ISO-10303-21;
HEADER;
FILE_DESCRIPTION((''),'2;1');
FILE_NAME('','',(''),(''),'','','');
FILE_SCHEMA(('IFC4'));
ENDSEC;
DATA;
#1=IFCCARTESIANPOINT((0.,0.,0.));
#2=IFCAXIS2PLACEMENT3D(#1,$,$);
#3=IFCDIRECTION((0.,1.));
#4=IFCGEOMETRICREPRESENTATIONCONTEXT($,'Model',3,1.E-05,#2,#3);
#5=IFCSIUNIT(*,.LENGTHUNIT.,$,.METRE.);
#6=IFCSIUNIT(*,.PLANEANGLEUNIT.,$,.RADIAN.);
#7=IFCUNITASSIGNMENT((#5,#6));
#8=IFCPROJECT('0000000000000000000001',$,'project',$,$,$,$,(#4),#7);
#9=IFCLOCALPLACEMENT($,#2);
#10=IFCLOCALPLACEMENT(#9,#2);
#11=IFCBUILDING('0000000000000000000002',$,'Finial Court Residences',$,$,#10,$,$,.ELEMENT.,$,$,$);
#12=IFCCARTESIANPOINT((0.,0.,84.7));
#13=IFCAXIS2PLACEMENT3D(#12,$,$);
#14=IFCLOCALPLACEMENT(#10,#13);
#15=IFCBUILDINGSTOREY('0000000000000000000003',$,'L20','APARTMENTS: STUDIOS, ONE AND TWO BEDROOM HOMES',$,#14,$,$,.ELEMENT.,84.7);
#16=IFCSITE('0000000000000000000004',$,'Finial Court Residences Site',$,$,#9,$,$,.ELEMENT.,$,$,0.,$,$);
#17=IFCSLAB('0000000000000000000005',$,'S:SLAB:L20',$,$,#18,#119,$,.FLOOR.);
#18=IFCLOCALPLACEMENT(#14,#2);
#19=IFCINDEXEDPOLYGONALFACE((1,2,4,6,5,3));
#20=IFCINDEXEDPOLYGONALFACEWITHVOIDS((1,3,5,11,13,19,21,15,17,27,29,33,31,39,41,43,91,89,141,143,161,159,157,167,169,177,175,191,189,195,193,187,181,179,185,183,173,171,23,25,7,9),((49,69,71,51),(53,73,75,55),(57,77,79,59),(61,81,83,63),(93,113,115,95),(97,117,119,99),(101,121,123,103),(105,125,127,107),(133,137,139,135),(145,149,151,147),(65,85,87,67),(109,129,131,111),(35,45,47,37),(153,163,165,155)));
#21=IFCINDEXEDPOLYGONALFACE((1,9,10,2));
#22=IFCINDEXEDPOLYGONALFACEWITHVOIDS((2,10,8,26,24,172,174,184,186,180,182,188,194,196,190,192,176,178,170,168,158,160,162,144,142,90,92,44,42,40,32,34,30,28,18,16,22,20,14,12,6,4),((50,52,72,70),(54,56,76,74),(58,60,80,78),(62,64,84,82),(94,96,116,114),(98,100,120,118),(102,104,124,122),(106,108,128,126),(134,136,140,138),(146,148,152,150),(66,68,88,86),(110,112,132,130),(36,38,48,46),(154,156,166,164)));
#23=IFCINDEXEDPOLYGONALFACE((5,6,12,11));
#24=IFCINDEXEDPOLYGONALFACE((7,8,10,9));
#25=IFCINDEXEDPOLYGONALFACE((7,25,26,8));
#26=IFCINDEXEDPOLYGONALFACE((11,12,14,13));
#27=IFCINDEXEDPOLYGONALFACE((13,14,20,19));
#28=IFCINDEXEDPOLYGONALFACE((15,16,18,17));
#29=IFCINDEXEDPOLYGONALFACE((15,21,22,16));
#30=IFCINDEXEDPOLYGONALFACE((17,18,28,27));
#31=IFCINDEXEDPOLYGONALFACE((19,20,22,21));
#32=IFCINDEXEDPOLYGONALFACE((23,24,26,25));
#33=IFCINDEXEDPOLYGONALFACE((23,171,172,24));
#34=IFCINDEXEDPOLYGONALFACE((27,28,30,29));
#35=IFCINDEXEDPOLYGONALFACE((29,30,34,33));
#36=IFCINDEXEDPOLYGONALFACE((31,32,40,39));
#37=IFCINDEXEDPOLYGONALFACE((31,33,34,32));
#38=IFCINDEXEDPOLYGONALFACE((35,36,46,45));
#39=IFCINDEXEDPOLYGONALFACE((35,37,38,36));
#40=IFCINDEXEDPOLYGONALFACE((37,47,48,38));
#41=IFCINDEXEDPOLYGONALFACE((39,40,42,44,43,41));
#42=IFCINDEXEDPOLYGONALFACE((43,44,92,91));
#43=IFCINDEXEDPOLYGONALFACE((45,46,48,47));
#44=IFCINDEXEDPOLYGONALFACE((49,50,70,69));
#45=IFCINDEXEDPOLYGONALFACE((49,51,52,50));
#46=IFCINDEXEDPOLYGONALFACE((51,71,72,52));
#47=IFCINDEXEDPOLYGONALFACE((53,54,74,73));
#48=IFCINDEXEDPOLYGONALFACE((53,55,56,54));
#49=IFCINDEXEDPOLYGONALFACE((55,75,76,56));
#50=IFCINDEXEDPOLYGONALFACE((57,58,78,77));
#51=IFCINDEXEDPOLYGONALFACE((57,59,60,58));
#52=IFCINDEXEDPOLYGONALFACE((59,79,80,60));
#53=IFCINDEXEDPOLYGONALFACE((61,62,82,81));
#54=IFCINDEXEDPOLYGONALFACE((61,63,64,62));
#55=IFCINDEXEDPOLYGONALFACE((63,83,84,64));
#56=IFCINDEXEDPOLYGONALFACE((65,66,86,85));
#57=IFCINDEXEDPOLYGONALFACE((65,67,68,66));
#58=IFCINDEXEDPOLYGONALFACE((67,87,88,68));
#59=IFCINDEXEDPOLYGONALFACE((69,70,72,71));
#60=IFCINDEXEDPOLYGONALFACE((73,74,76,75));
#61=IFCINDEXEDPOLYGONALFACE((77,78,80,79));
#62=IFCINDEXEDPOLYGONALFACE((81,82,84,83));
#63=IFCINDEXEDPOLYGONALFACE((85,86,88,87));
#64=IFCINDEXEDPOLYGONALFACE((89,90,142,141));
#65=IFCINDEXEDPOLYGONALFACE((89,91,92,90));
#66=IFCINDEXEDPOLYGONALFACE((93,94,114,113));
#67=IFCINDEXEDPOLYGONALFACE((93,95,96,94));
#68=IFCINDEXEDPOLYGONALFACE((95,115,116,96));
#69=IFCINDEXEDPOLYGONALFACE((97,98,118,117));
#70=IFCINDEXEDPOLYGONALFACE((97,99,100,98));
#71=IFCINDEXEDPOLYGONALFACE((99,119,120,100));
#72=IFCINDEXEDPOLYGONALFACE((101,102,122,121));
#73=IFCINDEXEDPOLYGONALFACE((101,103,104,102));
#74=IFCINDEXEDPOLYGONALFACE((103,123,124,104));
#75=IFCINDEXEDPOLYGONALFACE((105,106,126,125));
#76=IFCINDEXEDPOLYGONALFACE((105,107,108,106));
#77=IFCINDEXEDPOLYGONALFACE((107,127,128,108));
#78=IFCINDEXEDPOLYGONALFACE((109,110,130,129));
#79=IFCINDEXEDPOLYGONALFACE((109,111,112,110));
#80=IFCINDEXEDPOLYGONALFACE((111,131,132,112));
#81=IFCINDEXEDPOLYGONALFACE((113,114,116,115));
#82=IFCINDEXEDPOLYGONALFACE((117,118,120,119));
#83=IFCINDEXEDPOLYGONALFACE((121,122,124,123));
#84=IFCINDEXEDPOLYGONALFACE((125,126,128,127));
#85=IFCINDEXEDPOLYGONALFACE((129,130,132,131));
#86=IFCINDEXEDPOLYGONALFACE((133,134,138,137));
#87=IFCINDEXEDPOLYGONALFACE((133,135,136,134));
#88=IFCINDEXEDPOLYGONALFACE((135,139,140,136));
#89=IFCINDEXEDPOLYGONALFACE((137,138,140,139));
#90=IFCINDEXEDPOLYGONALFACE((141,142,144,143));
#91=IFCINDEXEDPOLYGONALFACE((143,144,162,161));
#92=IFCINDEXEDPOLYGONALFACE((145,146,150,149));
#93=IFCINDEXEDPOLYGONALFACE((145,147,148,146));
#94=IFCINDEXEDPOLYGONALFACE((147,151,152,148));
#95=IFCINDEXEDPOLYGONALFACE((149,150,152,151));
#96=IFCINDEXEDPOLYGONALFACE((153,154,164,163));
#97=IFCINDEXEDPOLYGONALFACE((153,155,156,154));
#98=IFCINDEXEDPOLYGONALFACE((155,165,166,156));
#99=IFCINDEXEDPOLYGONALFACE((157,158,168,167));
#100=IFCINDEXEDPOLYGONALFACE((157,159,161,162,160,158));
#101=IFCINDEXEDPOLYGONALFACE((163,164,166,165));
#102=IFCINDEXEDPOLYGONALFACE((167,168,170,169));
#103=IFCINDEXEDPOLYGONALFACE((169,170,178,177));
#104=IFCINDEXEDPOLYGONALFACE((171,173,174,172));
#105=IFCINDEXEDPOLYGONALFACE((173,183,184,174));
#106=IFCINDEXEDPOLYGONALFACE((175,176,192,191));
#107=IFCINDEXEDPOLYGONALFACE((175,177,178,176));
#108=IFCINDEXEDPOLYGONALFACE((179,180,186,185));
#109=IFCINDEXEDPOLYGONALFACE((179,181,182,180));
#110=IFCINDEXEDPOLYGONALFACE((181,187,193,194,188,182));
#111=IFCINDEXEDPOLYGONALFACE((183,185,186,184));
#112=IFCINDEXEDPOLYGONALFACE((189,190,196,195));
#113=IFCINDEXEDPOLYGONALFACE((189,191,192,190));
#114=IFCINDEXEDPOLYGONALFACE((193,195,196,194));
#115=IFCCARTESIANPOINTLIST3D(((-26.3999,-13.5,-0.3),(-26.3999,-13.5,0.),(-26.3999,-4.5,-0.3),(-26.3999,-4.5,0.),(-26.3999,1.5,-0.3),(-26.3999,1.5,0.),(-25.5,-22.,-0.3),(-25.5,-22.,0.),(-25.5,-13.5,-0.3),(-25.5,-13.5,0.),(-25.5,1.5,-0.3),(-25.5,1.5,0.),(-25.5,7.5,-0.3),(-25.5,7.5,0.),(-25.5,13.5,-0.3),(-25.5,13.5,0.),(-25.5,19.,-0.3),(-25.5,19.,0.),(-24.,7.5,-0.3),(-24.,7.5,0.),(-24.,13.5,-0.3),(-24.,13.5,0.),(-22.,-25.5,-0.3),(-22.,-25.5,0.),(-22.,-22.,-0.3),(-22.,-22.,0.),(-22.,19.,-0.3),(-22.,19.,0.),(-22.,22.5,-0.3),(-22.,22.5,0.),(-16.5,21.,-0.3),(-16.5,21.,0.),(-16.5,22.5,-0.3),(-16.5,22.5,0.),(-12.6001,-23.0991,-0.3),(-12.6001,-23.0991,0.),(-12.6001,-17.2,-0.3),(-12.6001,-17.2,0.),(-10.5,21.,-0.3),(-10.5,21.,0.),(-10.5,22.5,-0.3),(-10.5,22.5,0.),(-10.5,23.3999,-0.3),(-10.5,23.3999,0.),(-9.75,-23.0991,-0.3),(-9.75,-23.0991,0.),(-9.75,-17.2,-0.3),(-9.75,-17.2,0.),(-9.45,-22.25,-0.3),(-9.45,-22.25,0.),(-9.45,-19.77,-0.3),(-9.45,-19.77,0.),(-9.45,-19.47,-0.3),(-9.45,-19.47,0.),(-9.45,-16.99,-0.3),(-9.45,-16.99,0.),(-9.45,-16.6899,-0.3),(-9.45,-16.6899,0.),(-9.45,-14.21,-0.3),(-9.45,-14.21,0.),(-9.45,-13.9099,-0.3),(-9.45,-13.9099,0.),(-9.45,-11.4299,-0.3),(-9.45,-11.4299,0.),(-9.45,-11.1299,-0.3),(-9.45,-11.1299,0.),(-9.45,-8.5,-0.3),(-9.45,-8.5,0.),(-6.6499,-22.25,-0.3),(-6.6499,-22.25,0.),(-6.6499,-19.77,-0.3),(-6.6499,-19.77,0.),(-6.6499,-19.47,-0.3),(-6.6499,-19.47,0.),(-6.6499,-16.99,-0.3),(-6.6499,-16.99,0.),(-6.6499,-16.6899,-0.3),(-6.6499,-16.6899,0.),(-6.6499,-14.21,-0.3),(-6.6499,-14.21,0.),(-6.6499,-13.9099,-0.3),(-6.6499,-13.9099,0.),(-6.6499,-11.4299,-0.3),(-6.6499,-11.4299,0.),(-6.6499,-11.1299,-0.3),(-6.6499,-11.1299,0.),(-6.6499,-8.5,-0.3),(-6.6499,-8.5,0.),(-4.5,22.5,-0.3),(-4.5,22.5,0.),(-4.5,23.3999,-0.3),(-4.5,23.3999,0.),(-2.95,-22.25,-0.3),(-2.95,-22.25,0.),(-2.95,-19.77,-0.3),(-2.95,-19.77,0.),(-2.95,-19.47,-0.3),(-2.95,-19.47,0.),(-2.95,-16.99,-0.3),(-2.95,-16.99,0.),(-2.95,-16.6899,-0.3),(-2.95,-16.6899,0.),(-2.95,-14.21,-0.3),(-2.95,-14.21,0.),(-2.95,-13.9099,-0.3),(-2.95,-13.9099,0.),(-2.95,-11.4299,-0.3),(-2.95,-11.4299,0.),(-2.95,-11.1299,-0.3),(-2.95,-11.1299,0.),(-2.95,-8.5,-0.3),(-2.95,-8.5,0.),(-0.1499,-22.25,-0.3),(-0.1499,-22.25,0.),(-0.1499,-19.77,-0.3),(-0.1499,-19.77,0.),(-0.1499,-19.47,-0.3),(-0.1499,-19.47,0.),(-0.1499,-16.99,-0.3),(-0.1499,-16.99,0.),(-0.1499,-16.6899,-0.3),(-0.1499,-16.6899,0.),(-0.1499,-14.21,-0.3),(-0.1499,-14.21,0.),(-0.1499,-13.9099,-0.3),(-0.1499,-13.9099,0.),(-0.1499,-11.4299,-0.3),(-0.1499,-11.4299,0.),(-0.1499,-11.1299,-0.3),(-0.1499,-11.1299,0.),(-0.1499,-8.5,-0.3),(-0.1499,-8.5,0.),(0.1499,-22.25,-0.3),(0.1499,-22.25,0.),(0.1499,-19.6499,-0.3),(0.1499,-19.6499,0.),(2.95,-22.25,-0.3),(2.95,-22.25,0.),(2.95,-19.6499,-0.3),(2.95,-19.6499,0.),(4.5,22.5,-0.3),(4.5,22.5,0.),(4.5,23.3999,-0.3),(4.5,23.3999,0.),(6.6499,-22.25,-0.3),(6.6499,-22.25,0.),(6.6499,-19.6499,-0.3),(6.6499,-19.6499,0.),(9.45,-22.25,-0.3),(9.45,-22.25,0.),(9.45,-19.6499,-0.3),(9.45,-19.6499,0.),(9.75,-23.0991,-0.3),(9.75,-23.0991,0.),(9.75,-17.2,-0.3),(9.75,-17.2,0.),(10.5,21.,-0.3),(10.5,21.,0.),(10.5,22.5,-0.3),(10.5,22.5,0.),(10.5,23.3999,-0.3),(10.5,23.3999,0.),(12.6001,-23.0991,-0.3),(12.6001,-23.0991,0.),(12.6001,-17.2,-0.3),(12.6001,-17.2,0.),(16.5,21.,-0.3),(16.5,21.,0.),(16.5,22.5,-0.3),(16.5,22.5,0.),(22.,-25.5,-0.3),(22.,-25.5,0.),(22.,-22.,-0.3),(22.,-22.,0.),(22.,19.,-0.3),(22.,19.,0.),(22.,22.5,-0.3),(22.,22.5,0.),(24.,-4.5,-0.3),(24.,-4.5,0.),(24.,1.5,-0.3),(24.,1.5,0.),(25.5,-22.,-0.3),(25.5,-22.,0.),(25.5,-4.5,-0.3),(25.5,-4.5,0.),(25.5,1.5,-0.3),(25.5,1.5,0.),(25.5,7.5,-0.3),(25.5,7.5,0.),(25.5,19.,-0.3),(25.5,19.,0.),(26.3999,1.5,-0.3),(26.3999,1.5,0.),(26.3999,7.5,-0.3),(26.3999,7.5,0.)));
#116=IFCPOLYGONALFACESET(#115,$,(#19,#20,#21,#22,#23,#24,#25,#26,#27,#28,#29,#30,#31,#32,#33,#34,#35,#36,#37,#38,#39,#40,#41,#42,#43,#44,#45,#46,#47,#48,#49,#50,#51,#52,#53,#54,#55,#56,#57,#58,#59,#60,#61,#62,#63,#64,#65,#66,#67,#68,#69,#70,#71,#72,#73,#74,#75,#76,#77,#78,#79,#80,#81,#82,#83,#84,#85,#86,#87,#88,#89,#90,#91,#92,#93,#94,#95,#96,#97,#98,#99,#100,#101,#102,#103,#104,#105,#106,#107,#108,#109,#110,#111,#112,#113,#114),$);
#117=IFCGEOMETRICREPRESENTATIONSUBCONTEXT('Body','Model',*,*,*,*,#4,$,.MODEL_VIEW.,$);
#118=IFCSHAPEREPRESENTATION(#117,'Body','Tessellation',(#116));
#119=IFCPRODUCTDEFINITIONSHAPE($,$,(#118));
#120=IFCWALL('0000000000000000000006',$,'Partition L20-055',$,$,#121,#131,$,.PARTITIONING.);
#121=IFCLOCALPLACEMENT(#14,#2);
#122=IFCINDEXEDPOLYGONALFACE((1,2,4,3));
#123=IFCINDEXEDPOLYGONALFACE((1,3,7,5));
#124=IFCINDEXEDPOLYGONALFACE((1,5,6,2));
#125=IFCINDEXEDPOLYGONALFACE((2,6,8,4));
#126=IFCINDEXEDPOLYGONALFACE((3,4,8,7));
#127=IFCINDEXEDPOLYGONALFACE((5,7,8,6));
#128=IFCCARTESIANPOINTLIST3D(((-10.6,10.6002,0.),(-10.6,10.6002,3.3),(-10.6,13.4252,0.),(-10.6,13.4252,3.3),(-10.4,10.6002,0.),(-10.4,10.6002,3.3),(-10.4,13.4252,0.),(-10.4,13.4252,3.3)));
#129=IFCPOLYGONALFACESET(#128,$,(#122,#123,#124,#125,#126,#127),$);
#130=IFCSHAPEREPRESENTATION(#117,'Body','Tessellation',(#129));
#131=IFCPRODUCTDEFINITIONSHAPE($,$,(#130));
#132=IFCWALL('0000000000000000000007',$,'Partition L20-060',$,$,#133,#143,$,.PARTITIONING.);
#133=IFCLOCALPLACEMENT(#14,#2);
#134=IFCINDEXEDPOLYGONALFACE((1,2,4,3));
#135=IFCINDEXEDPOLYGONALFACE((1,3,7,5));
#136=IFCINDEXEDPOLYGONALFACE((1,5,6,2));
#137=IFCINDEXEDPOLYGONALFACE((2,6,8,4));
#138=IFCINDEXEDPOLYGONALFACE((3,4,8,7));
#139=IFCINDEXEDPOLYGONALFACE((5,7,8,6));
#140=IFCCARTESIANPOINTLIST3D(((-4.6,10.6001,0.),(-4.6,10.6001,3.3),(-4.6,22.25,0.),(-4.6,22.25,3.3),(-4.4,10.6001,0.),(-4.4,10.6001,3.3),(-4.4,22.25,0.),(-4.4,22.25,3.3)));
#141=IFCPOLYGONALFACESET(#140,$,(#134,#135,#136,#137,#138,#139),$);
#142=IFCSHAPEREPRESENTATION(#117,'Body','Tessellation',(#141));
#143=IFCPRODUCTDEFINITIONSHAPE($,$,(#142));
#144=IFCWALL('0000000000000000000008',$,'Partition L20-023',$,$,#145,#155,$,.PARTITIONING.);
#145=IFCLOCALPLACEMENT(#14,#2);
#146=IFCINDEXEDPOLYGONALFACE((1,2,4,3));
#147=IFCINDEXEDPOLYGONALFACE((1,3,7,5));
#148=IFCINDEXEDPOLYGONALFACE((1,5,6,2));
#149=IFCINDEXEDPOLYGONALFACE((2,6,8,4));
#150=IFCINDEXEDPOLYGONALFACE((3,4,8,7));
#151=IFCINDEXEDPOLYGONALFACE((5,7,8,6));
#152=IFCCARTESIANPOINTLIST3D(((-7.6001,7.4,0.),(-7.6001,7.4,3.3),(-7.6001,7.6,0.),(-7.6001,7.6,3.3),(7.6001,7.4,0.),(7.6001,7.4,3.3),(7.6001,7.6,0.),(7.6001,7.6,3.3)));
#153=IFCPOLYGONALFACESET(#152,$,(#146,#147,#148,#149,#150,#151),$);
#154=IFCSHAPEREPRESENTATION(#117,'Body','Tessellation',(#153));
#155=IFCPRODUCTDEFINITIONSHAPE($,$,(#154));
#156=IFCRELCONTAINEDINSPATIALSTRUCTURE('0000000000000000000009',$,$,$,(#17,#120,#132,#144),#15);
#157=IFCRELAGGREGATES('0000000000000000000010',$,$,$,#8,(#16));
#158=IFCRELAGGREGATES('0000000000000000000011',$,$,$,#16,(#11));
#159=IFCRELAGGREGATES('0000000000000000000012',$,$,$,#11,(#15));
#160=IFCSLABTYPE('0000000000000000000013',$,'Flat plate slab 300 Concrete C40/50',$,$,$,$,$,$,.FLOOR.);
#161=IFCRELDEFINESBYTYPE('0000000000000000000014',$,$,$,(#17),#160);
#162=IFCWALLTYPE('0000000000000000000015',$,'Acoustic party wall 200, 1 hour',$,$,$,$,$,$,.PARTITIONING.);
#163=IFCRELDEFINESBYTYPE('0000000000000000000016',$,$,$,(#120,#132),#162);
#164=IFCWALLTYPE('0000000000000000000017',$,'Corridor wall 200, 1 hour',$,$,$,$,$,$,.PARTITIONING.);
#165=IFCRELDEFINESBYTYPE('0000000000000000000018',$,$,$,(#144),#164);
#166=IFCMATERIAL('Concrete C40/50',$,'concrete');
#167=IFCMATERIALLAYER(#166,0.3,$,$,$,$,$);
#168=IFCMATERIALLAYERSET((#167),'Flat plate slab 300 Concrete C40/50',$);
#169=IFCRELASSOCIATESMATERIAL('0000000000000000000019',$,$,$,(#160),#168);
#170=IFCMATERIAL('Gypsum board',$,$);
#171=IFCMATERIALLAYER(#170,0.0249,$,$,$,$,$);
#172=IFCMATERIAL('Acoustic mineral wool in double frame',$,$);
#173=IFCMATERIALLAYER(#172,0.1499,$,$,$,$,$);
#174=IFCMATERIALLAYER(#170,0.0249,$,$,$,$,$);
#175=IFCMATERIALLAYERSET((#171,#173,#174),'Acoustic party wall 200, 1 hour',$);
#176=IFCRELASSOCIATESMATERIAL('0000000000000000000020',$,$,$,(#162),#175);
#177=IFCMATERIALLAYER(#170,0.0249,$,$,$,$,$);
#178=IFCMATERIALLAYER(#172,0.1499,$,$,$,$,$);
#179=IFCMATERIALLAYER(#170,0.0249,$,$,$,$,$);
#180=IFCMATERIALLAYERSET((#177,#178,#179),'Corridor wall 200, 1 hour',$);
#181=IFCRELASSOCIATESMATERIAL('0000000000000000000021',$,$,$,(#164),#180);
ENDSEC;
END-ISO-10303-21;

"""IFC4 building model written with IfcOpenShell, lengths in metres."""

from ifc_helpers import new_model, si_unit, direction, frame, frame_2d, origin, place, context, subcontext, project, spatial, polyline, rectangle, outline, extrude, material, layer, layer_set, type_object, element, save


model = new_model("IFC4")

# Units and contexts
model_context = context("Model", 3, precision=1e-05, world=origin(), true_north=direction((0.0, 1.0)))
body_context = subcontext(model_context, "Body", "Model", "MODEL_VIEW")
ifc_project = project(units=[si_unit("LENGTHUNIT", "METRE"), si_unit("PLANEANGLEUNIT", "RADIAN")], contexts=[model_context])

# Site, building, storey
site_placement = place(None, origin())
site = spatial("IfcSite", under=ifc_project, at=site_placement, Name="Finial Court Residences Site", CompositionType="ELEMENT", RefElevation=0.0)
building_placement = place(site_placement, origin())
building = spatial("IfcBuilding", under=site, at=building_placement, Name="Finial Court Residences", CompositionType="ELEMENT")
storey_placement = place(building_placement, frame((0.0, 0.0, 84.7)))
storey = spatial("IfcBuildingStorey", under=building, at=storey_placement, Name="L20", Description="APARTMENTS: STUDIOS, ONE AND TWO BEDROOM HOMES", CompositionType="ELEMENT", Elevation=84.7)

# Slab
ifc_material_1 = material(Name="Concrete C40/50", Category="concrete")
ifc_layer_1 = layer(ifc_material_1, 0.3)
ifc_layer_set_1 = layer_set([ifc_layer_1], Name="Flat plate slab 300 Concrete C40/50")
slab_type = type_object("IfcSlabType", Name="Flat plate slab 300 Concrete C40/50", PredefinedType="FLOOR", material=ifc_layer_set_1)
slab_placement = place(storey_placement, frame((0.0, 0.0, -0.3)))
element("IfcSlab", 1, at=slab_placement, inside=storey, type_object=slab_type, Name="S:SLAB:L20", PredefinedType="FLOOR", context=body_context, shape_type="SweptSolid", body=[
    extrude(outline(polyline([(-26.3999, -13.5), (-26.3999, -4.5), (-26.3999, 1.5), (-25.5, 1.5), (-25.5, 7.5), (-24.0, 7.5), (-24.0, 13.5), (-25.5, 13.5), (-25.5, 19.0), (-22.0, 19.0), (-22.0, 22.5), (-16.5, 22.5), (-16.5, 21.0), (-10.5, 21.0), (-10.5, 22.5), (-10.5, 23.3999), (-4.5, 23.3999), (-4.5, 22.5), (4.5, 22.5), (4.5, 23.3999), (10.5, 23.3999), (10.5, 22.5), (10.5, 21.0), (16.5, 21.0), (16.5, 22.5), (22.0, 22.5), (22.0, 19.0), (25.5, 19.0), (25.5, 7.5), (26.3999, 7.5), (26.3999, 1.5), (25.5, 1.5), (24.0, 1.5), (24.0, -4.5), (25.5, -4.5), (25.5, -22.0), (22.0, -22.0), (22.0, -25.5), (-22.0, -25.5), (-22.0, -22.0), (-25.5, -22.0), (-25.5, -13.5), (-26.3999, -13.5)]), holes=[polyline([(-6.6499, -19.77), (-9.45, -19.77), (-9.45, -22.25), (-6.6499, -22.25), (-6.6499, -19.77)]), polyline([(-9.75, -17.2), (-12.6001, -17.2), (-12.6001, -23.0991), (-9.75, -23.0991), (-9.75, -17.2)]), polyline([(-6.6499, -19.47), (-6.6499, -16.99), (-9.45, -16.99), (-9.45, -19.47), (-6.6499, -19.47)]), polyline([(-6.6499, -16.6899), (-6.6499, -14.21), (-9.45, -14.21), (-9.45, -16.6899), (-6.6499, -16.6899)]), polyline([(-6.6499, -13.9099), (-6.6499, -11.4299), (-9.45, -11.4299), (-9.45, -13.9099), (-6.6499, -13.9099)]), polyline([(-6.6499, -11.1299), (-6.6499, -8.5), (-9.45, -8.5), (-9.45, -11.1299), (-6.6499, -11.1299)]), polyline([(-0.1499, -11.1299), (-0.1499, -8.5), (-2.95, -8.5), (-2.95, -11.1299), (-0.1499, -11.1299)]), polyline([(-0.1499, -19.77), (-2.95, -19.77), (-2.95, -22.25), (-0.1499, -22.25), (-0.1499, -19.77)]), polyline([(2.95, -22.25), (2.95, -19.6499), (0.1499, -19.6499), (0.1499, -22.25), (2.95, -22.25)]), polyline([(9.45, -22.25), (9.45, -19.6499), (6.6499, -19.6499), (6.6499, -22.25), (9.45, -22.25)]), polyline([(12.6001, -17.2), (9.75, -17.2), (9.75, -23.0991), (12.6001, -23.0991), (12.6001, -17.2)]), polyline([(-0.1499, -19.47), (-0.1499, -16.99), (-2.95, -16.99), (-2.95, -19.47), (-0.1499, -19.47)]), polyline([(-0.1499, -16.6899), (-0.1499, -14.21), (-2.95, -14.21), (-2.95, -16.6899), (-0.1499, -16.6899)]), polyline([(-0.1499, -13.9099), (-0.1499, -11.4299), (-2.95, -11.4299), (-2.95, -13.9099), (-0.1499, -13.9099)])]), origin(), (0.0, 0.0, 1.0), 0.3),
])

# Walls
ifc_material_2 = material(Name="Gypsum board")
ifc_layer_2 = layer(ifc_material_2, 0.0249)
ifc_material_3 = material(Name="Acoustic mineral wool in double frame")
ifc_layer_3 = layer(ifc_material_3, 0.1499)
ifc_layer_4 = layer(ifc_material_2, 0.0249)
ifc_layer_set_2 = layer_set([ifc_layer_2, ifc_layer_3, ifc_layer_4], Name="Acoustic party wall 200, 1 hour")
wall_type_1 = type_object("IfcWallType", Name="Acoustic party wall 200, 1 hour", PredefinedType="PARTITIONING", material=ifc_layer_set_2)
wall_1_placement = place(storey_placement, frame((-10.5, 10.6001, 0.0), z_axis=(0.0, 0.0, 1.0), x_axis=(0.0, 1.0, 0.0)))
element("IfcWall", 2, at=wall_1_placement, inside=storey, type_object=wall_type_1, Name="Partition L20-055", PredefinedType="PARTITIONING", context=body_context, shape_type="SweptSolid", body=[
    extrude(rectangle(XDim=2.825, YDim=0.2, at=frame_2d((1.4126, 0.0))), origin(), (0.0, 0.0, 1.0), 3.3),
])
wall_2_placement = place(storey_placement, frame((-4.5, 10.6001, 0.0), z_axis=(0.0, 0.0, 1.0), x_axis=(0.0, 1.0, 0.0)))
element("IfcWall", 3, at=wall_2_placement, inside=storey, type_object=wall_type_1, Name="Partition L20-060", PredefinedType="PARTITIONING", context=body_context, shape_type="SweptSolid", body=[
    extrude(rectangle(XDim=11.6499, YDim=0.2, at=frame_2d((5.825, 0.0))), origin(), (0.0, 0.0, 1.0), 3.3),
])
ifc_layer_5 = layer(ifc_material_2, 0.0249)
ifc_layer_6 = layer(ifc_material_3, 0.1499)
ifc_layer_7 = layer(ifc_material_2, 0.0249)
ifc_layer_set_3 = layer_set([ifc_layer_5, ifc_layer_6, ifc_layer_7], Name="Corridor wall 200, 1 hour")
wall_type_2 = type_object("IfcWallType", Name="Corridor wall 200, 1 hour", PredefinedType="PARTITIONING", material=ifc_layer_set_3)
wall_3_placement = place(storey_placement, frame((-7.6001, 7.5, 0.0), z_axis=(0.0, 0.0, 1.0), x_axis=(1.0, 0.0, 0.0)))
element("IfcWall", 4, at=wall_3_placement, inside=storey, type_object=wall_type_2, Name="Partition L20-023", PredefinedType="PARTITIONING", context=body_context, shape_type="SweptSolid", body=[
    extrude(rectangle(XDim=15.2002, YDim=0.2, at=frame_2d((7.6001, 0.0))), origin(), (0.0, 0.0, 1.0), 3.3),
])

save(model, "model.ifc")
